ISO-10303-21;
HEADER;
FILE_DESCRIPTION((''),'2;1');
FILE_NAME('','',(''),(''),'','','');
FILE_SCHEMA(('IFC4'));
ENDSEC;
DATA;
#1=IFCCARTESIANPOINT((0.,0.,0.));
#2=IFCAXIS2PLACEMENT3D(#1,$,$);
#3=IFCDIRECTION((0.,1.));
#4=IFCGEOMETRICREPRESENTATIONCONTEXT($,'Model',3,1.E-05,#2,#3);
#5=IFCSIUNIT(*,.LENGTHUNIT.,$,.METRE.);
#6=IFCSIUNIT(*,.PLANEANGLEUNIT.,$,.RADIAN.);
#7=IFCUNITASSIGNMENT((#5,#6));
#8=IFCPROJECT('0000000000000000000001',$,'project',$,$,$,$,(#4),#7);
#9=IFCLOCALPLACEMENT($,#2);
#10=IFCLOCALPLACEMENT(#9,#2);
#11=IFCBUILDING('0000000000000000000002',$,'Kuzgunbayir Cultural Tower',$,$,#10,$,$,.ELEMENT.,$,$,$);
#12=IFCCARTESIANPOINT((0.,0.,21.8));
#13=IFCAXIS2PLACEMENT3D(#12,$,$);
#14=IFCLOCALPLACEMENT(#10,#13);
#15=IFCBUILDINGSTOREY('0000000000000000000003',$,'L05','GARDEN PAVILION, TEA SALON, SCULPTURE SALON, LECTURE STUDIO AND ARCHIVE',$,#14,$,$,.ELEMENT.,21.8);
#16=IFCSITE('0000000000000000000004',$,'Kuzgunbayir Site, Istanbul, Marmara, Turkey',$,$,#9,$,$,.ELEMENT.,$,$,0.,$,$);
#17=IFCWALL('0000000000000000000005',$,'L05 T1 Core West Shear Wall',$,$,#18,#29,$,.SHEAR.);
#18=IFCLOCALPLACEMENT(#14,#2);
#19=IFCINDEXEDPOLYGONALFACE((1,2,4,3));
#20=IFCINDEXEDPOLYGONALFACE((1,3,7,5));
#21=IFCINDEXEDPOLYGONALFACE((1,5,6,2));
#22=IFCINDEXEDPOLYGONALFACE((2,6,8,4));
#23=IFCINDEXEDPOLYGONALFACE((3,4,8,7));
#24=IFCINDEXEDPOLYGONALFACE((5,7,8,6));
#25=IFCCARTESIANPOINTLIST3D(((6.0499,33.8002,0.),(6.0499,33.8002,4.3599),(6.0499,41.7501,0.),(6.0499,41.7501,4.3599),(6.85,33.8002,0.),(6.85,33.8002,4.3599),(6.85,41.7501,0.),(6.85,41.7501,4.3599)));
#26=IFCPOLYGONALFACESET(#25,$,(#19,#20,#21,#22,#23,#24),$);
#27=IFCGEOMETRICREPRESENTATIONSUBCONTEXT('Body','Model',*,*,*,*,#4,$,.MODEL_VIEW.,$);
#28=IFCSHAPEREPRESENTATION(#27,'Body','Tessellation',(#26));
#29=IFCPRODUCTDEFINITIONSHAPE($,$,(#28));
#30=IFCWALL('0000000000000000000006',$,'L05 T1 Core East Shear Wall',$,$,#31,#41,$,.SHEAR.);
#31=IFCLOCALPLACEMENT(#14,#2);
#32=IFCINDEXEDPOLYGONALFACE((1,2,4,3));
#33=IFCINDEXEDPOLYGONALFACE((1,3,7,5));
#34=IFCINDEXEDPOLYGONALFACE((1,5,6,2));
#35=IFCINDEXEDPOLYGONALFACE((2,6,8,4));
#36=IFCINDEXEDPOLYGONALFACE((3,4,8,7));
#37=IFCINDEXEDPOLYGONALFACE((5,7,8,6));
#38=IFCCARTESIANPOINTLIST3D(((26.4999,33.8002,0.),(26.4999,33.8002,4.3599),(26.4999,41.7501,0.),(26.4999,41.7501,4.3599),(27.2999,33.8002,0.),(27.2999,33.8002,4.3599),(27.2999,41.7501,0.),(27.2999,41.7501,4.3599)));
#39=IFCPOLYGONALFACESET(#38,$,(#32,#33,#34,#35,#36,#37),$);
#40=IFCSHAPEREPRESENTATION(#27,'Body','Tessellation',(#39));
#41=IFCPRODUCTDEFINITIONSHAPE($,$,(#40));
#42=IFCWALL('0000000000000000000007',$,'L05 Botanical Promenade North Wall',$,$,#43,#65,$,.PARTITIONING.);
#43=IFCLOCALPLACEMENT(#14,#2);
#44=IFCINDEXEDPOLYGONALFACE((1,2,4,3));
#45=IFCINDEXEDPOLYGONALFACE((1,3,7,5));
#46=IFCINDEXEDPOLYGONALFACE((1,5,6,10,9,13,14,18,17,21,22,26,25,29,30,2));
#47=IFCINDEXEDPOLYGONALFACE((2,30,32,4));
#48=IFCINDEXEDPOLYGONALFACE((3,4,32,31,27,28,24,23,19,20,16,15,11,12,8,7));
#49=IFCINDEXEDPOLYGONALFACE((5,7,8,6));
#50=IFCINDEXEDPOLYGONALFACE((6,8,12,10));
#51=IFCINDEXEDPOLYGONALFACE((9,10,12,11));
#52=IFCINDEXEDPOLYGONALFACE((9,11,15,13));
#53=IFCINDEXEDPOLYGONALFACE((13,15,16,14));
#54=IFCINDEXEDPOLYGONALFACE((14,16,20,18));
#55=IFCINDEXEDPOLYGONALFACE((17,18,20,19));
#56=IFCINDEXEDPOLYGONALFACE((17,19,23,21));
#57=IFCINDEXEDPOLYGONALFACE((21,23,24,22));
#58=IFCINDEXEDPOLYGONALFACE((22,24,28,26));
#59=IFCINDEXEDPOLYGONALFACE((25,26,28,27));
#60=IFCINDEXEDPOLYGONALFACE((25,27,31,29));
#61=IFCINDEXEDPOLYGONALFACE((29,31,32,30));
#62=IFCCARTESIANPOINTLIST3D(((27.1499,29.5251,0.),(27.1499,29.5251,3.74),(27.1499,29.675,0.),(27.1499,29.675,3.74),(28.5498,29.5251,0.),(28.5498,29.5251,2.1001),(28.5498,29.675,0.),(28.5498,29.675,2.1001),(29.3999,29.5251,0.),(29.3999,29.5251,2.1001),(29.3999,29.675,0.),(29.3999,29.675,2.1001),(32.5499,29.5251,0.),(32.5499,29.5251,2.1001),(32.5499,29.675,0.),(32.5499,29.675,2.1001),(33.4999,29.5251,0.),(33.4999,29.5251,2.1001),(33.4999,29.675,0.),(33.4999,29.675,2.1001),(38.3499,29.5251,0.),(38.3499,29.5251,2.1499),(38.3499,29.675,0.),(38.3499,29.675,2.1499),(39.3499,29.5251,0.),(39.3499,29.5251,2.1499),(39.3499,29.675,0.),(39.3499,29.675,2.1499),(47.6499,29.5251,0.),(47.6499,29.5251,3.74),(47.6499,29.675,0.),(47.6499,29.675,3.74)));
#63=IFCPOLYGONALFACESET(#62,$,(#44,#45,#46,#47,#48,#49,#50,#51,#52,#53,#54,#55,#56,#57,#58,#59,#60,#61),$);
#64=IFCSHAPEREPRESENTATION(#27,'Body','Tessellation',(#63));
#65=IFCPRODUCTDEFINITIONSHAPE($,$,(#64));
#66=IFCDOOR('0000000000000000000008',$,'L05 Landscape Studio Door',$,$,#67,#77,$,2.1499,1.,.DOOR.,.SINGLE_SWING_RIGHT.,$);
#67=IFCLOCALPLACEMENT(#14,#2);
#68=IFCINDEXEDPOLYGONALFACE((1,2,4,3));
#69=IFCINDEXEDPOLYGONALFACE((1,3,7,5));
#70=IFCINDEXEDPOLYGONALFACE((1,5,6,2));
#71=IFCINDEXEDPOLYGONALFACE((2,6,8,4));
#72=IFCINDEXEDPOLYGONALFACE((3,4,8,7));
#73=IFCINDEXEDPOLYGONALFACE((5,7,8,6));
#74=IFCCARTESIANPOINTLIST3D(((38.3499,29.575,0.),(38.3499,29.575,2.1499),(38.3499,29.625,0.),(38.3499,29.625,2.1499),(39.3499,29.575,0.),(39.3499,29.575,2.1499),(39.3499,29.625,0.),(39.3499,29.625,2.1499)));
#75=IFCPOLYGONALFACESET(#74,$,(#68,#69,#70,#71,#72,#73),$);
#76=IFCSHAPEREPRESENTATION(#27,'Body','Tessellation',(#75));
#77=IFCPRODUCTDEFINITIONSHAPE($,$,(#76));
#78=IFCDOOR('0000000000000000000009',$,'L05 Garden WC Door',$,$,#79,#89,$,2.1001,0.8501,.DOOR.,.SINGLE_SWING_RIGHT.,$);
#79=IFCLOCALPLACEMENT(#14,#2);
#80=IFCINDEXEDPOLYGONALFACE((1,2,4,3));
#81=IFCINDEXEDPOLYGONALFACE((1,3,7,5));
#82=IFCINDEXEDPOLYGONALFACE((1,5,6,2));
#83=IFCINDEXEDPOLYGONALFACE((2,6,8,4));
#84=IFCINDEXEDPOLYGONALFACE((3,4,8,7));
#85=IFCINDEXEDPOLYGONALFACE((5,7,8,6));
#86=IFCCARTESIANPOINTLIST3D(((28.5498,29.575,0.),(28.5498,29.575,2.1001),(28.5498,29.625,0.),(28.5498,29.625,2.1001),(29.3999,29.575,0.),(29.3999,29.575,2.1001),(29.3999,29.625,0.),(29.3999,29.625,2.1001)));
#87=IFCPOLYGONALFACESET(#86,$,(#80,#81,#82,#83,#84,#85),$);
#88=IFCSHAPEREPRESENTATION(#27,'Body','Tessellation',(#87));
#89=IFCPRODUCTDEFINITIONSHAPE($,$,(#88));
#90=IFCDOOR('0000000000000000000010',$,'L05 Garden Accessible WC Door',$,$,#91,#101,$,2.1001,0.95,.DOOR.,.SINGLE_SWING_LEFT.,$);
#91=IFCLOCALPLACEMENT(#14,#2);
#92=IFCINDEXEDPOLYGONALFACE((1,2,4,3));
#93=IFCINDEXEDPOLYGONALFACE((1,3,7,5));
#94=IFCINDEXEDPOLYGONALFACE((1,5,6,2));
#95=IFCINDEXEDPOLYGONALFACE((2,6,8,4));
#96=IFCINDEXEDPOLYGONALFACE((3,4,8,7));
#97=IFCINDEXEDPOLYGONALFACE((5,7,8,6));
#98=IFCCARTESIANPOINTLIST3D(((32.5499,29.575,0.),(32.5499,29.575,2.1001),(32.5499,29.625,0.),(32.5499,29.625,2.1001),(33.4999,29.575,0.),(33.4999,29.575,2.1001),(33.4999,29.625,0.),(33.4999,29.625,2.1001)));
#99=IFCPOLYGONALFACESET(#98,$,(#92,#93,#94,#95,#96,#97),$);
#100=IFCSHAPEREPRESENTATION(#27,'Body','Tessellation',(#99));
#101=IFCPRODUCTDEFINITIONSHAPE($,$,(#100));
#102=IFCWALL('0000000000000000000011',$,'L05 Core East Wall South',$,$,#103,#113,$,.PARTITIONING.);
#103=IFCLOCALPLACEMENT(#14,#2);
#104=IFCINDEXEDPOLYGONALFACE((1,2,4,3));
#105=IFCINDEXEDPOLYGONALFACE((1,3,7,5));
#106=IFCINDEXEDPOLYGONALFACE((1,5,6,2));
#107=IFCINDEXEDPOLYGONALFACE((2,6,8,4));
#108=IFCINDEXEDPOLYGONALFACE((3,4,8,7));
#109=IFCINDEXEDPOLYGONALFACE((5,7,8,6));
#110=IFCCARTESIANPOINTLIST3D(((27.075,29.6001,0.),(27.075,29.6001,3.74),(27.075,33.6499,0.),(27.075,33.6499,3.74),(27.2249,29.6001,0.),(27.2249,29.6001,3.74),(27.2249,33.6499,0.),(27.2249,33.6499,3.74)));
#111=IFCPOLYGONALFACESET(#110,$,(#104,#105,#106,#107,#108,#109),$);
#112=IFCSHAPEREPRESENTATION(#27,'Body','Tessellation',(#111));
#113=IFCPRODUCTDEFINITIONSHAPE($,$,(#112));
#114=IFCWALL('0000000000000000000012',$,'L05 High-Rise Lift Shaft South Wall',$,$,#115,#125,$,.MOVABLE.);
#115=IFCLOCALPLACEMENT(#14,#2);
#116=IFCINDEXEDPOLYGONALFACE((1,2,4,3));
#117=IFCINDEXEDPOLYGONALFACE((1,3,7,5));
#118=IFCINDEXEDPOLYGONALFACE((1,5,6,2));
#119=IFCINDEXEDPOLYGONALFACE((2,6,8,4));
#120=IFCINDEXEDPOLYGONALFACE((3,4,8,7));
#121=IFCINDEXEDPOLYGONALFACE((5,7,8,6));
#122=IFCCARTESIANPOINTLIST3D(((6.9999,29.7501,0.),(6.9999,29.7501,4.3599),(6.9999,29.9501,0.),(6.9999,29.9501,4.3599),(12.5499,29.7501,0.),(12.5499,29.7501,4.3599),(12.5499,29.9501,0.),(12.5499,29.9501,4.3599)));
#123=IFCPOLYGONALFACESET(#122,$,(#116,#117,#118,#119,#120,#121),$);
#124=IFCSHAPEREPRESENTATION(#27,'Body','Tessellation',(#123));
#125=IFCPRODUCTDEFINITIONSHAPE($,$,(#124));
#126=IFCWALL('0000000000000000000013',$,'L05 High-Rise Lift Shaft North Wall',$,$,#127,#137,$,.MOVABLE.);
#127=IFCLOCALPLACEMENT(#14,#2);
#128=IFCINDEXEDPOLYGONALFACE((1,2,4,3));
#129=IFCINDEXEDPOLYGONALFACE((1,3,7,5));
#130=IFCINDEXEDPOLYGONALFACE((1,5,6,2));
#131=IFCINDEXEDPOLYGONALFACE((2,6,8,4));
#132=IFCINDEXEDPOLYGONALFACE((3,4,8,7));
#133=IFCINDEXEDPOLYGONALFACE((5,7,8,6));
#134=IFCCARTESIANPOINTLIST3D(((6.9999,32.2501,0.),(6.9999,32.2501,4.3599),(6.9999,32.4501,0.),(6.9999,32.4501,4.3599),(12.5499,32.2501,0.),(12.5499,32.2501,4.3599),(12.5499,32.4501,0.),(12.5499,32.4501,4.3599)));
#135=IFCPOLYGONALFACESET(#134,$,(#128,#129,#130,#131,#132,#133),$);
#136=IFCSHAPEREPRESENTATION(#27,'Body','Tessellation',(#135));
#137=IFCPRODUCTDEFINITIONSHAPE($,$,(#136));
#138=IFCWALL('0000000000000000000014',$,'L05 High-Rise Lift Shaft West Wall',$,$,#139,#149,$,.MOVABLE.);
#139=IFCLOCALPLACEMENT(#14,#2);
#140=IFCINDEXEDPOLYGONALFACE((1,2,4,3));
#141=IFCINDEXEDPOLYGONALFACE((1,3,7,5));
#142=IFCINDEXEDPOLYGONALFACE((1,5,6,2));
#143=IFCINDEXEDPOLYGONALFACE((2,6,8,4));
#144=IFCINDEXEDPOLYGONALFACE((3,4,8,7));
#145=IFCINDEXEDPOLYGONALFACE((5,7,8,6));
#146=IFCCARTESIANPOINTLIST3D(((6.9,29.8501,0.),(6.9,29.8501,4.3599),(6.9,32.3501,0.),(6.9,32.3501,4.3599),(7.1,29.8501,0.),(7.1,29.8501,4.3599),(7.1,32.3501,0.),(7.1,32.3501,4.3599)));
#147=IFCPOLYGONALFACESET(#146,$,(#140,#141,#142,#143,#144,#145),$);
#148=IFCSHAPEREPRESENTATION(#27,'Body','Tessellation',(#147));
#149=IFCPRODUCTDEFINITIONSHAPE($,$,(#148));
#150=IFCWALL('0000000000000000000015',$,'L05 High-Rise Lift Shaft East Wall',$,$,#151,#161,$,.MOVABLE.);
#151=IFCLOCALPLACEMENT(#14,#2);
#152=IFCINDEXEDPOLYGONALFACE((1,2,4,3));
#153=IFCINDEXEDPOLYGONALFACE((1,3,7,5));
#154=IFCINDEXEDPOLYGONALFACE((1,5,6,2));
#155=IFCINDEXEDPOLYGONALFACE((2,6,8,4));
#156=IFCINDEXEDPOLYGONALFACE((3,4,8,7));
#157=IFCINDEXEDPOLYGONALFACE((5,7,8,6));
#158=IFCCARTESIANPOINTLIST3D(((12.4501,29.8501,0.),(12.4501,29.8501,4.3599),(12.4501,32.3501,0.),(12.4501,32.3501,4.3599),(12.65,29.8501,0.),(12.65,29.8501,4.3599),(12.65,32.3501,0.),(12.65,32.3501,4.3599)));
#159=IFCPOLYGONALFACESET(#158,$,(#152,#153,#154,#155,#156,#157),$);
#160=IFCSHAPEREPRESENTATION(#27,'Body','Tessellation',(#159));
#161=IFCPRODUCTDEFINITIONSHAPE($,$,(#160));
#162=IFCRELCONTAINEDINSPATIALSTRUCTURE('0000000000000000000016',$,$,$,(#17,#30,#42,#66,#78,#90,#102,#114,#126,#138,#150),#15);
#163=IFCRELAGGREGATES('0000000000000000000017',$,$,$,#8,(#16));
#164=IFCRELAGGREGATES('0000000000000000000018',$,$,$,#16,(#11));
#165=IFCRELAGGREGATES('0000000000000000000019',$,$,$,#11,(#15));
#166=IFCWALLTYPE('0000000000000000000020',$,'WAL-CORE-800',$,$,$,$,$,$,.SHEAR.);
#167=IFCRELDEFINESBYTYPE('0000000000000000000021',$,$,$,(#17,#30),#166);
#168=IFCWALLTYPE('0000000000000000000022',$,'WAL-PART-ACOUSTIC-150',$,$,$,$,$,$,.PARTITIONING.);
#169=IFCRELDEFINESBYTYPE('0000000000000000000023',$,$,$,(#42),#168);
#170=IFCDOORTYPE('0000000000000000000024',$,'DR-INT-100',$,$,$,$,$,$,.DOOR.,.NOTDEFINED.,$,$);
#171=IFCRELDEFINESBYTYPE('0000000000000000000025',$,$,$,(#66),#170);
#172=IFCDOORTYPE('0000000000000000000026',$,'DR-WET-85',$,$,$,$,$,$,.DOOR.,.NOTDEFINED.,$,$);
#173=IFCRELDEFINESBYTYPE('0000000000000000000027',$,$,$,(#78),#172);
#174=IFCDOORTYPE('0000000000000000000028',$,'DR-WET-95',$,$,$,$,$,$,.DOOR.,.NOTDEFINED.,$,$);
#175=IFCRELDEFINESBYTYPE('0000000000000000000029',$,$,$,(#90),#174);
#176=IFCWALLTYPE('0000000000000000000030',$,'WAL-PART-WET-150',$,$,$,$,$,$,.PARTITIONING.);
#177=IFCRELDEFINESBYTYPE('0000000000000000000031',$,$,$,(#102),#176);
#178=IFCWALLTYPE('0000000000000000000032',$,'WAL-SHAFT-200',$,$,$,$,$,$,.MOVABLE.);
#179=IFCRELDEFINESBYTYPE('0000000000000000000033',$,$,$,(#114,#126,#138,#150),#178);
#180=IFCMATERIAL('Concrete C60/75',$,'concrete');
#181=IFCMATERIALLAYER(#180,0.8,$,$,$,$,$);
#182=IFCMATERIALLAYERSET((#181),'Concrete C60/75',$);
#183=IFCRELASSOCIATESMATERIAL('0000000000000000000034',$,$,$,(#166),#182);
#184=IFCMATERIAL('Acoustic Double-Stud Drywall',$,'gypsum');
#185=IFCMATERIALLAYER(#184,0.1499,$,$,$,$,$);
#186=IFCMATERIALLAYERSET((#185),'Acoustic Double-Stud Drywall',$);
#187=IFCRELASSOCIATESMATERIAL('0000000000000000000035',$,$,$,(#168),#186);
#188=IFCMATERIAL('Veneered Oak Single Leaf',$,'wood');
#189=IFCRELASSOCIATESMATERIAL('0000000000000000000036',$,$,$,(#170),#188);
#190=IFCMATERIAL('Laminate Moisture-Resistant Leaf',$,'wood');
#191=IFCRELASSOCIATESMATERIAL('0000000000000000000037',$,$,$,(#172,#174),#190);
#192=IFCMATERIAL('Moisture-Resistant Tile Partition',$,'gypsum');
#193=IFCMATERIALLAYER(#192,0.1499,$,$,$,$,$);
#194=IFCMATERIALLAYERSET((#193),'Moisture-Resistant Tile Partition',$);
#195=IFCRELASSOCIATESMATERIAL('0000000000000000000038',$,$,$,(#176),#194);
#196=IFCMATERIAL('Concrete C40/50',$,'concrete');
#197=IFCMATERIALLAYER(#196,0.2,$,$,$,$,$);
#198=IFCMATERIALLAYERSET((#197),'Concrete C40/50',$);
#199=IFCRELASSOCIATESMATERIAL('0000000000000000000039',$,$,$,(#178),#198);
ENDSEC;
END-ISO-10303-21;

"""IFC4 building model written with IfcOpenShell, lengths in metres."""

from ifc_helpers import new_model, si_unit, direction, frame, frame_2d, origin, place, context, subcontext, project, spatial, rectangle, extrude, material, layer, layer_set, type_object, element, fill, save


model = new_model("IFC4")

# Units and contexts
model_context = context("Model", 3, precision=1e-05, world=origin(), true_north=direction((0.0, 1.0)))
body_context = subcontext(model_context, "Body", "Model", "MODEL_VIEW")
ifc_project = project(units=[si_unit("LENGTHUNIT", "METRE"), si_unit("PLANEANGLEUNIT", "RADIAN")], contexts=[model_context])

# Site, building, storey
site_placement = place(None, origin())
site = spatial("IfcSite", under=ifc_project, at=site_placement, Name="Kuzgunbayir Site, Istanbul, Marmara, Turkey", CompositionType="ELEMENT", RefElevation=0.0)
building_placement = place(site_placement, origin())
building = spatial("IfcBuilding", under=site, at=building_placement, Name="Kuzgunbayir Cultural Tower", CompositionType="ELEMENT")
storey_placement = place(building_placement, frame((0.0, 0.0, 21.8)))
storey = spatial("IfcBuildingStorey", under=building, at=storey_placement, Name="L05", Description="GARDEN PAVILION, TEA SALON, SCULPTURE SALON, LECTURE STUDIO AND ARCHIVE", CompositionType="ELEMENT", Elevation=21.8)

# Shared definitions
ifc_material_1 = material(Name="Concrete C60/75", Category="concrete")

# Walls
ifc_layer_1 = layer(ifc_material_1, 0.8)
ifc_layer_set_1 = layer_set([ifc_layer_1], Name="Concrete C60/75")
wall_type_1 = type_object("IfcWallType", Name="WAL-CORE-800", PredefinedType="SHEAR", material=ifc_layer_set_1)
for number, where, z_axis, x_axis, name in (
    (1, (6.45, 33.8, 0.0), (0.0, 0.0, 1.0), (0.0, 1.0, 0.0), "L05 T1 Core West Shear Wall"),
    (2, (26.8999, 33.8, 0.0), (0.0, 0.0, 1.0), (0.0, 1.0, 0.0), "L05 T1 Core East Shear Wall"),
):
    element("IfcWall", number, at=place(storey_placement, frame(where, z_axis=z_axis, x_axis=x_axis)), inside=storey, type_object=wall_type_1, Name=name, PredefinedType="SHEAR", context=body_context, shape_type="SweptSolid", body=[
        extrude(rectangle(XDim=7.95, YDim=0.8, at=frame_2d((3.9751, 0.0))), origin(), (0.0, 0.0, 1.0), 4.3599),
    ])

# Wall, openings, doors
ifc_material_2 = material(Name="Acoustic Double-Stud Drywall", Category="gypsum")
ifc_layer_2 = layer(ifc_material_2, 0.1499)
ifc_layer_set_2 = layer_set([ifc_layer_2], Name="Acoustic Double-Stud Drywall")
wall_type_2 = type_object("IfcWallType", Name="WAL-PART-ACOUSTIC-150", PredefinedType="PARTITIONING", material=ifc_layer_set_2)
wall_1_placement = place(storey_placement, frame((27.1499, 29.6001, 0.0), z_axis=(0.0, 0.0, 1.0), x_axis=(1.0, 0.0, 0.0)))
wall_1 = element("IfcWall", 3, at=wall_1_placement, inside=storey, type_object=wall_type_2, Name="L05 Botanical Promenade North Wall", PredefinedType="PARTITIONING", context=body_context, shape_type="SweptSolid", body=[
    extrude(rectangle(XDim=20.5, YDim=0.1499, at=frame_2d((10.25, 0.0))), origin(), (0.0, 0.0, 1.0), 3.74),
])
opening_1_placement = place(wall_1_placement, frame((1.3999, 0.0, 0.0)))
opening_1 = element("IfcOpeningElement", 4, at=opening_1_placement, cuts=wall_1, PredefinedType="OPENING", context=body_context, shape_type="SweptSolid", body=[
    extrude(rectangle(XDim=0.8501, YDim=2.1001, at=frame_2d((0.425, 1.05))), frame((0.0, 0.085, 0.0), z_axis=(0.0, -1.0, 0.0), x_axis=(1.0, 0.0, 0.0)), (0.0, 0.0, 1.0), 0.1699),
])
opening_2_placement = place(wall_1_placement, frame((5.3999, 0.0, 0.0)))
opening_2 = element("IfcOpeningElement", 5, at=opening_2_placement, cuts=wall_1, PredefinedType="OPENING", context=body_context, shape_type="SweptSolid", body=[
    extrude(rectangle(XDim=0.95, YDim=2.1001, at=frame_2d((0.4751, 1.05))), frame((0.0, 0.085, 0.0), z_axis=(0.0, -1.0, 0.0), x_axis=(1.0, 0.0, 0.0)), (0.0, 0.0, 1.0), 0.1699),
])
opening_3_placement = place(wall_1_placement, frame((11.2, 0.0, 0.0)))
opening_3 = element("IfcOpeningElement", 6, at=opening_3_placement, cuts=wall_1, PredefinedType="OPENING", context=body_context, shape_type="SweptSolid", body=[
    extrude(rectangle(XDim=1.0, YDim=2.1499, at=frame_2d((0.5, 1.075))), frame((0.0, 0.085, 0.0), z_axis=(0.0, -1.0, 0.0), x_axis=(1.0, 0.0, 0.0)), (0.0, 0.0, 1.0), 0.1699),
])
ifc_material_3 = material(Name="Veneered Oak Single Leaf", Category="wood")
door_type_1 = type_object("IfcDoorType", Name="DR-INT-100", OperationType="NOTDEFINED", PredefinedType="DOOR", material=ifc_material_3)
door_1_placement = place(opening_3_placement, origin())
door_1 = element("IfcDoor", 7, at=door_1_placement, inside=storey, type_object=door_type_1, Name="L05 Landscape Studio Door", OperationType="SINGLE_SWING_RIGHT", OverallHeight=2.1499, OverallWidth=1.0, PredefinedType="DOOR", context=body_context, shape_type="SweptSolid", body=[
    extrude(rectangle(XDim=1.0, YDim=2.1499, at=frame_2d((0.5, 1.075))), frame((0.0, 0.0249, 0.0), z_axis=(0.0, -1.0, 0.0), x_axis=(1.0, 0.0, 0.0)), (0.0, 0.0, 1.0), 0.05),
])
fill(opening_3, door_1)
ifc_material_4 = material(Name="Laminate Moisture-Resistant Leaf", Category="wood")
door_type_2 = type_object("IfcDoorType", Name="DR-WET-85", OperationType="NOTDEFINED", PredefinedType="DOOR", material=ifc_material_4)
door_2_placement = place(opening_1_placement, origin())
door_2 = element("IfcDoor", 8, at=door_2_placement, inside=storey, type_object=door_type_2, Name="L05 Garden WC Door", OperationType="SINGLE_SWING_RIGHT", OverallHeight=2.1001, OverallWidth=0.8501, PredefinedType="DOOR", context=body_context, shape_type="SweptSolid", body=[
    extrude(rectangle(XDim=0.8501, YDim=2.1001, at=frame_2d((0.425, 1.05))), frame((0.0, 0.0249, 0.0), z_axis=(0.0, -1.0, 0.0), x_axis=(1.0, 0.0, 0.0)), (0.0, 0.0, 1.0), 0.05),
])
fill(opening_1, door_2)
door_type_3 = type_object("IfcDoorType", Name="DR-WET-95", OperationType="NOTDEFINED", PredefinedType="DOOR", material=ifc_material_4)
door_3_placement = place(opening_2_placement, origin())
door_3 = element("IfcDoor", 9, at=door_3_placement, inside=storey, type_object=door_type_3, Name="L05 Garden Accessible WC Door", OperationType="SINGLE_SWING_LEFT", OverallHeight=2.1001, OverallWidth=0.95, PredefinedType="DOOR", context=body_context, shape_type="SweptSolid", body=[
    extrude(rectangle(XDim=0.95, YDim=2.1001, at=frame_2d((0.4751, 1.05))), frame((0.0, 0.0249, 0.0), z_axis=(0.0, -1.0, 0.0), x_axis=(1.0, 0.0, 0.0)), (0.0, 0.0, 1.0), 0.05),
])
fill(opening_2, door_3)

# Walls
ifc_material_5 = material(Name="Moisture-Resistant Tile Partition", Category="gypsum")
ifc_layer_3 = layer(ifc_material_5, 0.1499)
ifc_layer_set_3 = layer_set([ifc_layer_3], Name="Moisture-Resistant Tile Partition")
wall_type_3 = type_object("IfcWallType", Name="WAL-PART-WET-150", PredefinedType="PARTITIONING", material=ifc_layer_set_3)
wall_2_placement = place(storey_placement, frame((27.1499, 29.6001, 0.0), z_axis=(0.0, 0.0, 1.0), x_axis=(0.0, 1.0, 0.0)))
element("IfcWall", 10, at=wall_2_placement, inside=storey, type_object=wall_type_3, Name="L05 Core East Wall South", PredefinedType="PARTITIONING", context=body_context, shape_type="SweptSolid", body=[
    extrude(rectangle(XDim=4.0498, YDim=0.1499, at=frame_2d((2.0249, 0.0))), origin(), (0.0, 0.0, 1.0), 3.74),
])
ifc_material_6 = material(Name="Concrete C40/50", Category="concrete")
ifc_layer_4 = layer(ifc_material_6, 0.2)
ifc_layer_set_4 = layer_set([ifc_layer_4], Name="Concrete C40/50")
wall_type_4 = type_object("IfcWallType", Name="WAL-SHAFT-200", PredefinedType="MOVABLE", material=ifc_layer_set_4)
for number, where, z_axis, x_axis, name in (
    (11, (7.0, 29.8501, 0.0), (0.0, 0.0, 1.0), (1.0, 0.0, 0.0), "L05 High-Rise Lift Shaft South Wall"),
    (12, (7.0, 32.3501, 0.0), (0.0, 0.0, 1.0), (1.0, 0.0, 0.0), "L05 High-Rise Lift Shaft North Wall"),
):
    element("IfcWall", number, at=place(storey_placement, frame(where, z_axis=z_axis, x_axis=x_axis)), inside=storey, type_object=wall_type_4, Name=name, PredefinedType="MOVABLE", context=body_context, shape_type="SweptSolid", body=[
        extrude(rectangle(XDim=5.55, YDim=0.2, at=frame_2d((2.7749, 0.0))), origin(), (0.0, 0.0, 1.0), 4.3599),
    ])
for number, where, z_axis, x_axis, name in (
    (13, (7.0, 29.8501, 0.0), (0.0, 0.0, 1.0), (0.0, 1.0, 0.0), "L05 High-Rise Lift Shaft West Wall"),
    (14, (12.55, 29.8501, 0.0), (0.0, 0.0, 1.0), (0.0, 1.0, 0.0), "L05 High-Rise Lift Shaft East Wall"),
):
    element("IfcWall", number, at=place(storey_placement, frame(where, z_axis=z_axis, x_axis=x_axis)), inside=storey, type_object=wall_type_4, Name=name, PredefinedType="MOVABLE", context=body_context, shape_type="SweptSolid", body=[
        extrude(rectangle(XDim=2.5, YDim=0.2, at=frame_2d((1.25, 0.0))), origin(), (0.0, 0.0, 1.0), 4.3599),
    ])

save(model, "model.ifc")
